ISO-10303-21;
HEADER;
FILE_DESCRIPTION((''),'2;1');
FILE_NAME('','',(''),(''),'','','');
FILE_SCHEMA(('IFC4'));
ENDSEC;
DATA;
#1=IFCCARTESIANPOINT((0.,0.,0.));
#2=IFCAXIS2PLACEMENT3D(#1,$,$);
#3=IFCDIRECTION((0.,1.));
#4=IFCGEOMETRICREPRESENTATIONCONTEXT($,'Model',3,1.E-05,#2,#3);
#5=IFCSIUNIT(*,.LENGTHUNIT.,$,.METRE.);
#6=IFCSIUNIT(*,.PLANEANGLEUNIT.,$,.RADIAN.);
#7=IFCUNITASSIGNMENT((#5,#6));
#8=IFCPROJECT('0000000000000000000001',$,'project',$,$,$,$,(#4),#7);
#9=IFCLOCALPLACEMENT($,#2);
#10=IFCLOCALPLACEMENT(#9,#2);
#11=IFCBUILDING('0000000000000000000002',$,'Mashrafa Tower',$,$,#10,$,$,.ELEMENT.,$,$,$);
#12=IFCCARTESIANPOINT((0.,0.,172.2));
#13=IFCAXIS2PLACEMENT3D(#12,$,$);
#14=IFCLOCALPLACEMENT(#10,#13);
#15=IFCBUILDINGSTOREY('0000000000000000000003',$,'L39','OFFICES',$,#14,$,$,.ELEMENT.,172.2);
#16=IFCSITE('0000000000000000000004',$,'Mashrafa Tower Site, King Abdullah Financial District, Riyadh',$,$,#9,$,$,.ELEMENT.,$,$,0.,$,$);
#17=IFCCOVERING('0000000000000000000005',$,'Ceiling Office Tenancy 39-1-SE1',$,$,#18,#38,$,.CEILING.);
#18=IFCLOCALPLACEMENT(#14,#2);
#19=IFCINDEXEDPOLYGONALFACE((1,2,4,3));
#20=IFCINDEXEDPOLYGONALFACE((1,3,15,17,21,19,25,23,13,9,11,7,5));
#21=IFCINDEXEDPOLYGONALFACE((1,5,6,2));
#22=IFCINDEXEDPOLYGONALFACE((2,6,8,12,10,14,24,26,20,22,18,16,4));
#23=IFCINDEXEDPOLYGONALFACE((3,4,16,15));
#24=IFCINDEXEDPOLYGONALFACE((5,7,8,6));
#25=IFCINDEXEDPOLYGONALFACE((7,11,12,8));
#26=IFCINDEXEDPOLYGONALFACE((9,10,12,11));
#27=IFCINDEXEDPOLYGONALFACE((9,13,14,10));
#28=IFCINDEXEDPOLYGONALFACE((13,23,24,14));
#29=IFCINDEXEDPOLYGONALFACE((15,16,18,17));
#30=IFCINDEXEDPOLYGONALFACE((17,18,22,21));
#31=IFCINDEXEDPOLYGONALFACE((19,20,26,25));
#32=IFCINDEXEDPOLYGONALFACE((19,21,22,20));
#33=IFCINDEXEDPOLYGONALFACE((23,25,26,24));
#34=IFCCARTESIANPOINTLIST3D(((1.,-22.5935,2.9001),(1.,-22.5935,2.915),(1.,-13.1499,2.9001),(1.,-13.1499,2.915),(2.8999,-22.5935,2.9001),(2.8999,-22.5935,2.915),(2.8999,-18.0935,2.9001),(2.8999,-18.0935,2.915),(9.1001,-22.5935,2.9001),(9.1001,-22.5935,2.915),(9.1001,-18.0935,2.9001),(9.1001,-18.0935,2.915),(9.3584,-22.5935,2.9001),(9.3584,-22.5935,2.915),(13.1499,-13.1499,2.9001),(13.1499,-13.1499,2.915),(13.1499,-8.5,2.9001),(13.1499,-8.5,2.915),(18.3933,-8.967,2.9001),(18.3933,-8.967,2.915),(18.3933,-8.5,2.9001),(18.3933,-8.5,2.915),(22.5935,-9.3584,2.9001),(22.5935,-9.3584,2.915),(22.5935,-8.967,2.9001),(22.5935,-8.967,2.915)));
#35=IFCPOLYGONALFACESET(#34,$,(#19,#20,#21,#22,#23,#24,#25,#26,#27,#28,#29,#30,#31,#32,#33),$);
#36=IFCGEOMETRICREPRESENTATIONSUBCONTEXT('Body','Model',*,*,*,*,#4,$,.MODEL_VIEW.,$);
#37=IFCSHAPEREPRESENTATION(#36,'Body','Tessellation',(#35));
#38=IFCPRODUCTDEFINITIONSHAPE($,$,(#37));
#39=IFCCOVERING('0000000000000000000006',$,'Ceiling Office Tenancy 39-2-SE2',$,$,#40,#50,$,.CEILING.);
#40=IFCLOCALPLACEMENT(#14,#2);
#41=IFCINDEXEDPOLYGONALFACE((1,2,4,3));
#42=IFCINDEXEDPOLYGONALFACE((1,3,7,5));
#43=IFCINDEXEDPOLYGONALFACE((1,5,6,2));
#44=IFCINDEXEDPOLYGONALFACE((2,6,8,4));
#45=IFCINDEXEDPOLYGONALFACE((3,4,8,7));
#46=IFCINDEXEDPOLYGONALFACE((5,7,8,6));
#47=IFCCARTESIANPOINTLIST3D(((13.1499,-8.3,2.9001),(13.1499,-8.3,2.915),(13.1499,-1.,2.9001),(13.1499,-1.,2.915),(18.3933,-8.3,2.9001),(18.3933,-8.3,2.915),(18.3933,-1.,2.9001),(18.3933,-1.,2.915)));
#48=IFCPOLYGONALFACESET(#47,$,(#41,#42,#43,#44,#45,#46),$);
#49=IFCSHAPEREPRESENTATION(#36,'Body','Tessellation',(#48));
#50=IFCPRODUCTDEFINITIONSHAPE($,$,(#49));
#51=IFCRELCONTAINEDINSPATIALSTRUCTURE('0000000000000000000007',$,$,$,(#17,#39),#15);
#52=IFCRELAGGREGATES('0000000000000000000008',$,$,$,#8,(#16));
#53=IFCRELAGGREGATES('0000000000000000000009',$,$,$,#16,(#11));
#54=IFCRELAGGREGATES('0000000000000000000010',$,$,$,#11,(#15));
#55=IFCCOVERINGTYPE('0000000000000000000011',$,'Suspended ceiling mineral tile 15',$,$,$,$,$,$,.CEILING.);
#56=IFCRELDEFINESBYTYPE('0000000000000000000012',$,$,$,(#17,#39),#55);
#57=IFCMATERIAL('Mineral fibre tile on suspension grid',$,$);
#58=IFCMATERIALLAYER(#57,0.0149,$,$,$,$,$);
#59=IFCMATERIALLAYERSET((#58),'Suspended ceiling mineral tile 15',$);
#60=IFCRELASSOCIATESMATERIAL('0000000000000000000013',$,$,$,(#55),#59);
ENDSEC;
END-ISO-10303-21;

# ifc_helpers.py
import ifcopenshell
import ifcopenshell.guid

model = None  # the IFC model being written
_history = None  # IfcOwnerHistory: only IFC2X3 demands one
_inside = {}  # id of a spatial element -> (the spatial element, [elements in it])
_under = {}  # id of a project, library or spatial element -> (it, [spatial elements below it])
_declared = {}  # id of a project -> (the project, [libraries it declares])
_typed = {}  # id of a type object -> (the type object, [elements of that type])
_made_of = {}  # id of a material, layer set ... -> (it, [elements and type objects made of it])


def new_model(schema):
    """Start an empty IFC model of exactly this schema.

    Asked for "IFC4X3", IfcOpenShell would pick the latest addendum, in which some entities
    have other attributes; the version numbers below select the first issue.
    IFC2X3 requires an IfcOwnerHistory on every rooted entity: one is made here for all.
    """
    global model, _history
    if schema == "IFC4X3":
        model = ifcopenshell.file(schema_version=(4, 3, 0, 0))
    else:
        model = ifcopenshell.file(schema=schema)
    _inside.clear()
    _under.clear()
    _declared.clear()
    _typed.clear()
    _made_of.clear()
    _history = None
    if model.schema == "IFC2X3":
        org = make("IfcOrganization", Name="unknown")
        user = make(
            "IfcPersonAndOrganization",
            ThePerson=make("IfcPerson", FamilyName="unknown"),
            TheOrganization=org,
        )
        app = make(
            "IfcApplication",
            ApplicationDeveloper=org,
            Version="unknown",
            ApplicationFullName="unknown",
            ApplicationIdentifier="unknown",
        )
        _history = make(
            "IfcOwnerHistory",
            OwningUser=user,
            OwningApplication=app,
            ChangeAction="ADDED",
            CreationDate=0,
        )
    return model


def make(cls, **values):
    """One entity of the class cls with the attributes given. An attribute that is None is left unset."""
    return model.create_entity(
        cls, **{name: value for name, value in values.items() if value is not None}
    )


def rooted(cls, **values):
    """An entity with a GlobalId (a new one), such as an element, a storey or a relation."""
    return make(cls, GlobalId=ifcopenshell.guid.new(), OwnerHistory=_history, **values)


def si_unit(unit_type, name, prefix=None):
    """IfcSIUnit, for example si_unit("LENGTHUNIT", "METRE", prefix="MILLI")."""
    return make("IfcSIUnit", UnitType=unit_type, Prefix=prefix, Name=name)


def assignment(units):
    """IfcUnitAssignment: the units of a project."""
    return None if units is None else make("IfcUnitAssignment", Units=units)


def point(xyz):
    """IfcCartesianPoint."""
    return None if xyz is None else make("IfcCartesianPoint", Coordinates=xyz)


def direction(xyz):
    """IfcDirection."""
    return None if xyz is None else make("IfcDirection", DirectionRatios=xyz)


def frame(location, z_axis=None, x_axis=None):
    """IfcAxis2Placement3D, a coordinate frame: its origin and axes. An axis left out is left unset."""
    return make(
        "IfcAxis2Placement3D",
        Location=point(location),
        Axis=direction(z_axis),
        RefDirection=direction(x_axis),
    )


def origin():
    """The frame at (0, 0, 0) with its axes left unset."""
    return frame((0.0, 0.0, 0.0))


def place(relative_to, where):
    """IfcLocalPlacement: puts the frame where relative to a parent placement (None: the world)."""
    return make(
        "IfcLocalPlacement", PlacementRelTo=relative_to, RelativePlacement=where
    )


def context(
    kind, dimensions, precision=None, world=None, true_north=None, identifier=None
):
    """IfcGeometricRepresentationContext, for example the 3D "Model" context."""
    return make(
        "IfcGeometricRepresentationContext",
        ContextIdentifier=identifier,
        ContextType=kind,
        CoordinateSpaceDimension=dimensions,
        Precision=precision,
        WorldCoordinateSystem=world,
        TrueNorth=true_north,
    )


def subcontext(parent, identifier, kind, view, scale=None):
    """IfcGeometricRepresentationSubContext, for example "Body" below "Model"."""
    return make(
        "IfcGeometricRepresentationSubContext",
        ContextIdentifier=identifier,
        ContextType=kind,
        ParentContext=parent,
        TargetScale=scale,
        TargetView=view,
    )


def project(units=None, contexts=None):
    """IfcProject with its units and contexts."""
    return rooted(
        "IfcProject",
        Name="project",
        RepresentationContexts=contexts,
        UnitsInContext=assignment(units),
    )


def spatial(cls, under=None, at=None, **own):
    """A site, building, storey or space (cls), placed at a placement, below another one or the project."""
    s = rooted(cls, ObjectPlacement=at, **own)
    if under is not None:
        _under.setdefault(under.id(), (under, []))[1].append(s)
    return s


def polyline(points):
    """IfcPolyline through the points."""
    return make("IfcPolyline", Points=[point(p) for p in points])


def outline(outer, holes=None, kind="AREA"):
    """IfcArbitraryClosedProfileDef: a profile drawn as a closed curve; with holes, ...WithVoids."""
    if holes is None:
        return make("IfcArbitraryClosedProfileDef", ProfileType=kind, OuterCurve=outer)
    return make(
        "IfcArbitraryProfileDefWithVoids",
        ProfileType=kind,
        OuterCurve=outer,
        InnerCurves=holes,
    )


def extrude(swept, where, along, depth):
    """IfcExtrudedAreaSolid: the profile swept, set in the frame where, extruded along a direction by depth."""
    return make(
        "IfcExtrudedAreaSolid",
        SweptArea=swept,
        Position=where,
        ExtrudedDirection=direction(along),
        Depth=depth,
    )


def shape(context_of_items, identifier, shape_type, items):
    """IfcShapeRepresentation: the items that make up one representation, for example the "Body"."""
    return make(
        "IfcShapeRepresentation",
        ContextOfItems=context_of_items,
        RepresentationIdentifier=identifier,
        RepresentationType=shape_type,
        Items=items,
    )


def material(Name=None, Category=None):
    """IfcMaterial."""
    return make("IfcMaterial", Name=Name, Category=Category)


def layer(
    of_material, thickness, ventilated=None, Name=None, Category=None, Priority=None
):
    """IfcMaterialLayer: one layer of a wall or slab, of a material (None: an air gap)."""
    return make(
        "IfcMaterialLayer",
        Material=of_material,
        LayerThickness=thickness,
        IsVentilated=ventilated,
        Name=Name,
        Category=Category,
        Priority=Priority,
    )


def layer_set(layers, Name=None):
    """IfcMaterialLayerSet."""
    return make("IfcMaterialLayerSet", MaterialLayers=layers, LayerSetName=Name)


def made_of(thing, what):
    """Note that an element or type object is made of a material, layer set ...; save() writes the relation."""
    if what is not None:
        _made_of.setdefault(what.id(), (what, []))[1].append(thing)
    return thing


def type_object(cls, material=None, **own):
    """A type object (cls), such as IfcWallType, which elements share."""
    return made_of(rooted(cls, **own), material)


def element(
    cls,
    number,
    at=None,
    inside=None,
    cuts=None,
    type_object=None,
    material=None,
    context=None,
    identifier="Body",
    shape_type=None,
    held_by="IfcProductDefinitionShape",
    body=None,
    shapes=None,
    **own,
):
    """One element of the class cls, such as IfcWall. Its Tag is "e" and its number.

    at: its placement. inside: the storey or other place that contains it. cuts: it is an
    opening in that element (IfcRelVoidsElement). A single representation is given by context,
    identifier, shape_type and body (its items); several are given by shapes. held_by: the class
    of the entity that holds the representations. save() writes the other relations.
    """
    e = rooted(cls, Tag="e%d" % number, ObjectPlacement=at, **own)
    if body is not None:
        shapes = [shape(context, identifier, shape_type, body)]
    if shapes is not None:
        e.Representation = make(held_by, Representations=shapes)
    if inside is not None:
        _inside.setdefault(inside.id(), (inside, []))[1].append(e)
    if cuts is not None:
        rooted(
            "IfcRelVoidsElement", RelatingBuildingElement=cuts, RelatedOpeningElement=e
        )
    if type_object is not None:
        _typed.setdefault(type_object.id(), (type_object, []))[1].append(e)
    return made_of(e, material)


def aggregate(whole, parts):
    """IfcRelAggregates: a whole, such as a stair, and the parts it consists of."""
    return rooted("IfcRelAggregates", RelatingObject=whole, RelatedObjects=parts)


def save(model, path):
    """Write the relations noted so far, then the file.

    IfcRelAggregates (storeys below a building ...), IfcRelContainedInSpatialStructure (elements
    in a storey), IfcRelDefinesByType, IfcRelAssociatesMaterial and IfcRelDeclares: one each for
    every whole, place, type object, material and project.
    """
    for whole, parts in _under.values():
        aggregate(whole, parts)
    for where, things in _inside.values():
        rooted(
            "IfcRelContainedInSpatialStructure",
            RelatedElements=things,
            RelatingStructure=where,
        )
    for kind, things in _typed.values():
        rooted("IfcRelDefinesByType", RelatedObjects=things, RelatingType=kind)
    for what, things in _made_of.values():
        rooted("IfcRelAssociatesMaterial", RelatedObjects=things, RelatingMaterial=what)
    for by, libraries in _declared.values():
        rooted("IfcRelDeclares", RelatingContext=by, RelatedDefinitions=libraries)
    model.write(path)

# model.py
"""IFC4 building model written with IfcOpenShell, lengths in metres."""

from ifc_helpers import new_model, si_unit, direction, frame, origin, place, context, subcontext, project, spatial, polyline, outline, extrude, material, layer, layer_set, type_object, element, save


model = new_model("IFC4")

# Units and contexts
model_context = context("Model", 3, precision=1e-05, world=origin(), true_north=direction((0.0, 1.0)))
body_context = subcontext(model_context, "Body", "Model", "MODEL_VIEW")
ifc_project = project(units=[si_unit("LENGTHUNIT", "METRE"), si_unit("PLANEANGLEUNIT", "RADIAN")], contexts=[model_context])

# Site, building, storey
site_placement = place(None, origin())
site = spatial("IfcSite", under=ifc_project, at=site_placement, Name="Mashrafa Tower Site, King Abdullah Financial District, Riyadh", CompositionType="ELEMENT", RefElevation=0.0)
building_placement = place(site_placement, origin())
building = spatial("IfcBuilding", under=site, at=building_placement, Name="Mashrafa Tower", CompositionType="ELEMENT")
storey_placement = place(building_placement, frame((0.0, 0.0, 172.2)))
storey = spatial("IfcBuildingStorey", under=building, at=storey_placement, Name="L39", Description="OFFICES", CompositionType="ELEMENT", Elevation=172.2)

# Coverings
ifc_material_1 = material(Name="Mineral fibre tile on suspension grid")
ifc_layer_1 = layer(ifc_material_1, 0.0149)
ifc_layer_set_1 = layer_set([ifc_layer_1], Name="Suspended ceiling mineral tile 15")
covering_type = type_object("IfcCoveringType", Name="Suspended ceiling mineral tile 15", PredefinedType="CEILING", material=ifc_layer_set_1)
covering_1_placement = place(storey_placement, frame((0.0, 0.0, 2.9001)))
element("IfcCovering", 1, at=covering_1_placement, inside=storey, type_object=covering_type, Name="Ceiling Office Tenancy 39-1-SE1", PredefinedType="CEILING", context=body_context, shape_type="SweptSolid", body=[
    extrude(outline(polyline([(13.1499, -8.5), (18.3933, -8.5), (18.3933, -8.967), (22.5935, -8.967), (22.5935, -9.3584), (9.3584, -22.5935), (9.1001, -22.5935), (9.1001, -18.0935), (2.8999, -18.0935), (2.8999, -22.5935), (1.0, -22.5935), (1.0, -13.1499), (13.1499, -13.1499), (13.1499, -8.5)])), origin(), (0.0, 0.0, 1.0), 0.0149),
])
covering_2_placement = place(storey_placement, frame((0.0, 0.0, 2.9001)))
element("IfcCovering", 2, at=covering_2_placement, inside=storey, type_object=covering_type, Name="Ceiling Office Tenancy 39-2-SE2", PredefinedType="CEILING", context=body_context, shape_type="SweptSolid", body=[
    extrude(outline(polyline([(18.3933, -8.3), (13.1499, -8.3), (13.1499, -1.0), (18.3933, -1.0), (18.3933, -8.3)])), origin(), (0.0, 0.0, 1.0), 0.0149),
])

save(model, "model.ifc")
